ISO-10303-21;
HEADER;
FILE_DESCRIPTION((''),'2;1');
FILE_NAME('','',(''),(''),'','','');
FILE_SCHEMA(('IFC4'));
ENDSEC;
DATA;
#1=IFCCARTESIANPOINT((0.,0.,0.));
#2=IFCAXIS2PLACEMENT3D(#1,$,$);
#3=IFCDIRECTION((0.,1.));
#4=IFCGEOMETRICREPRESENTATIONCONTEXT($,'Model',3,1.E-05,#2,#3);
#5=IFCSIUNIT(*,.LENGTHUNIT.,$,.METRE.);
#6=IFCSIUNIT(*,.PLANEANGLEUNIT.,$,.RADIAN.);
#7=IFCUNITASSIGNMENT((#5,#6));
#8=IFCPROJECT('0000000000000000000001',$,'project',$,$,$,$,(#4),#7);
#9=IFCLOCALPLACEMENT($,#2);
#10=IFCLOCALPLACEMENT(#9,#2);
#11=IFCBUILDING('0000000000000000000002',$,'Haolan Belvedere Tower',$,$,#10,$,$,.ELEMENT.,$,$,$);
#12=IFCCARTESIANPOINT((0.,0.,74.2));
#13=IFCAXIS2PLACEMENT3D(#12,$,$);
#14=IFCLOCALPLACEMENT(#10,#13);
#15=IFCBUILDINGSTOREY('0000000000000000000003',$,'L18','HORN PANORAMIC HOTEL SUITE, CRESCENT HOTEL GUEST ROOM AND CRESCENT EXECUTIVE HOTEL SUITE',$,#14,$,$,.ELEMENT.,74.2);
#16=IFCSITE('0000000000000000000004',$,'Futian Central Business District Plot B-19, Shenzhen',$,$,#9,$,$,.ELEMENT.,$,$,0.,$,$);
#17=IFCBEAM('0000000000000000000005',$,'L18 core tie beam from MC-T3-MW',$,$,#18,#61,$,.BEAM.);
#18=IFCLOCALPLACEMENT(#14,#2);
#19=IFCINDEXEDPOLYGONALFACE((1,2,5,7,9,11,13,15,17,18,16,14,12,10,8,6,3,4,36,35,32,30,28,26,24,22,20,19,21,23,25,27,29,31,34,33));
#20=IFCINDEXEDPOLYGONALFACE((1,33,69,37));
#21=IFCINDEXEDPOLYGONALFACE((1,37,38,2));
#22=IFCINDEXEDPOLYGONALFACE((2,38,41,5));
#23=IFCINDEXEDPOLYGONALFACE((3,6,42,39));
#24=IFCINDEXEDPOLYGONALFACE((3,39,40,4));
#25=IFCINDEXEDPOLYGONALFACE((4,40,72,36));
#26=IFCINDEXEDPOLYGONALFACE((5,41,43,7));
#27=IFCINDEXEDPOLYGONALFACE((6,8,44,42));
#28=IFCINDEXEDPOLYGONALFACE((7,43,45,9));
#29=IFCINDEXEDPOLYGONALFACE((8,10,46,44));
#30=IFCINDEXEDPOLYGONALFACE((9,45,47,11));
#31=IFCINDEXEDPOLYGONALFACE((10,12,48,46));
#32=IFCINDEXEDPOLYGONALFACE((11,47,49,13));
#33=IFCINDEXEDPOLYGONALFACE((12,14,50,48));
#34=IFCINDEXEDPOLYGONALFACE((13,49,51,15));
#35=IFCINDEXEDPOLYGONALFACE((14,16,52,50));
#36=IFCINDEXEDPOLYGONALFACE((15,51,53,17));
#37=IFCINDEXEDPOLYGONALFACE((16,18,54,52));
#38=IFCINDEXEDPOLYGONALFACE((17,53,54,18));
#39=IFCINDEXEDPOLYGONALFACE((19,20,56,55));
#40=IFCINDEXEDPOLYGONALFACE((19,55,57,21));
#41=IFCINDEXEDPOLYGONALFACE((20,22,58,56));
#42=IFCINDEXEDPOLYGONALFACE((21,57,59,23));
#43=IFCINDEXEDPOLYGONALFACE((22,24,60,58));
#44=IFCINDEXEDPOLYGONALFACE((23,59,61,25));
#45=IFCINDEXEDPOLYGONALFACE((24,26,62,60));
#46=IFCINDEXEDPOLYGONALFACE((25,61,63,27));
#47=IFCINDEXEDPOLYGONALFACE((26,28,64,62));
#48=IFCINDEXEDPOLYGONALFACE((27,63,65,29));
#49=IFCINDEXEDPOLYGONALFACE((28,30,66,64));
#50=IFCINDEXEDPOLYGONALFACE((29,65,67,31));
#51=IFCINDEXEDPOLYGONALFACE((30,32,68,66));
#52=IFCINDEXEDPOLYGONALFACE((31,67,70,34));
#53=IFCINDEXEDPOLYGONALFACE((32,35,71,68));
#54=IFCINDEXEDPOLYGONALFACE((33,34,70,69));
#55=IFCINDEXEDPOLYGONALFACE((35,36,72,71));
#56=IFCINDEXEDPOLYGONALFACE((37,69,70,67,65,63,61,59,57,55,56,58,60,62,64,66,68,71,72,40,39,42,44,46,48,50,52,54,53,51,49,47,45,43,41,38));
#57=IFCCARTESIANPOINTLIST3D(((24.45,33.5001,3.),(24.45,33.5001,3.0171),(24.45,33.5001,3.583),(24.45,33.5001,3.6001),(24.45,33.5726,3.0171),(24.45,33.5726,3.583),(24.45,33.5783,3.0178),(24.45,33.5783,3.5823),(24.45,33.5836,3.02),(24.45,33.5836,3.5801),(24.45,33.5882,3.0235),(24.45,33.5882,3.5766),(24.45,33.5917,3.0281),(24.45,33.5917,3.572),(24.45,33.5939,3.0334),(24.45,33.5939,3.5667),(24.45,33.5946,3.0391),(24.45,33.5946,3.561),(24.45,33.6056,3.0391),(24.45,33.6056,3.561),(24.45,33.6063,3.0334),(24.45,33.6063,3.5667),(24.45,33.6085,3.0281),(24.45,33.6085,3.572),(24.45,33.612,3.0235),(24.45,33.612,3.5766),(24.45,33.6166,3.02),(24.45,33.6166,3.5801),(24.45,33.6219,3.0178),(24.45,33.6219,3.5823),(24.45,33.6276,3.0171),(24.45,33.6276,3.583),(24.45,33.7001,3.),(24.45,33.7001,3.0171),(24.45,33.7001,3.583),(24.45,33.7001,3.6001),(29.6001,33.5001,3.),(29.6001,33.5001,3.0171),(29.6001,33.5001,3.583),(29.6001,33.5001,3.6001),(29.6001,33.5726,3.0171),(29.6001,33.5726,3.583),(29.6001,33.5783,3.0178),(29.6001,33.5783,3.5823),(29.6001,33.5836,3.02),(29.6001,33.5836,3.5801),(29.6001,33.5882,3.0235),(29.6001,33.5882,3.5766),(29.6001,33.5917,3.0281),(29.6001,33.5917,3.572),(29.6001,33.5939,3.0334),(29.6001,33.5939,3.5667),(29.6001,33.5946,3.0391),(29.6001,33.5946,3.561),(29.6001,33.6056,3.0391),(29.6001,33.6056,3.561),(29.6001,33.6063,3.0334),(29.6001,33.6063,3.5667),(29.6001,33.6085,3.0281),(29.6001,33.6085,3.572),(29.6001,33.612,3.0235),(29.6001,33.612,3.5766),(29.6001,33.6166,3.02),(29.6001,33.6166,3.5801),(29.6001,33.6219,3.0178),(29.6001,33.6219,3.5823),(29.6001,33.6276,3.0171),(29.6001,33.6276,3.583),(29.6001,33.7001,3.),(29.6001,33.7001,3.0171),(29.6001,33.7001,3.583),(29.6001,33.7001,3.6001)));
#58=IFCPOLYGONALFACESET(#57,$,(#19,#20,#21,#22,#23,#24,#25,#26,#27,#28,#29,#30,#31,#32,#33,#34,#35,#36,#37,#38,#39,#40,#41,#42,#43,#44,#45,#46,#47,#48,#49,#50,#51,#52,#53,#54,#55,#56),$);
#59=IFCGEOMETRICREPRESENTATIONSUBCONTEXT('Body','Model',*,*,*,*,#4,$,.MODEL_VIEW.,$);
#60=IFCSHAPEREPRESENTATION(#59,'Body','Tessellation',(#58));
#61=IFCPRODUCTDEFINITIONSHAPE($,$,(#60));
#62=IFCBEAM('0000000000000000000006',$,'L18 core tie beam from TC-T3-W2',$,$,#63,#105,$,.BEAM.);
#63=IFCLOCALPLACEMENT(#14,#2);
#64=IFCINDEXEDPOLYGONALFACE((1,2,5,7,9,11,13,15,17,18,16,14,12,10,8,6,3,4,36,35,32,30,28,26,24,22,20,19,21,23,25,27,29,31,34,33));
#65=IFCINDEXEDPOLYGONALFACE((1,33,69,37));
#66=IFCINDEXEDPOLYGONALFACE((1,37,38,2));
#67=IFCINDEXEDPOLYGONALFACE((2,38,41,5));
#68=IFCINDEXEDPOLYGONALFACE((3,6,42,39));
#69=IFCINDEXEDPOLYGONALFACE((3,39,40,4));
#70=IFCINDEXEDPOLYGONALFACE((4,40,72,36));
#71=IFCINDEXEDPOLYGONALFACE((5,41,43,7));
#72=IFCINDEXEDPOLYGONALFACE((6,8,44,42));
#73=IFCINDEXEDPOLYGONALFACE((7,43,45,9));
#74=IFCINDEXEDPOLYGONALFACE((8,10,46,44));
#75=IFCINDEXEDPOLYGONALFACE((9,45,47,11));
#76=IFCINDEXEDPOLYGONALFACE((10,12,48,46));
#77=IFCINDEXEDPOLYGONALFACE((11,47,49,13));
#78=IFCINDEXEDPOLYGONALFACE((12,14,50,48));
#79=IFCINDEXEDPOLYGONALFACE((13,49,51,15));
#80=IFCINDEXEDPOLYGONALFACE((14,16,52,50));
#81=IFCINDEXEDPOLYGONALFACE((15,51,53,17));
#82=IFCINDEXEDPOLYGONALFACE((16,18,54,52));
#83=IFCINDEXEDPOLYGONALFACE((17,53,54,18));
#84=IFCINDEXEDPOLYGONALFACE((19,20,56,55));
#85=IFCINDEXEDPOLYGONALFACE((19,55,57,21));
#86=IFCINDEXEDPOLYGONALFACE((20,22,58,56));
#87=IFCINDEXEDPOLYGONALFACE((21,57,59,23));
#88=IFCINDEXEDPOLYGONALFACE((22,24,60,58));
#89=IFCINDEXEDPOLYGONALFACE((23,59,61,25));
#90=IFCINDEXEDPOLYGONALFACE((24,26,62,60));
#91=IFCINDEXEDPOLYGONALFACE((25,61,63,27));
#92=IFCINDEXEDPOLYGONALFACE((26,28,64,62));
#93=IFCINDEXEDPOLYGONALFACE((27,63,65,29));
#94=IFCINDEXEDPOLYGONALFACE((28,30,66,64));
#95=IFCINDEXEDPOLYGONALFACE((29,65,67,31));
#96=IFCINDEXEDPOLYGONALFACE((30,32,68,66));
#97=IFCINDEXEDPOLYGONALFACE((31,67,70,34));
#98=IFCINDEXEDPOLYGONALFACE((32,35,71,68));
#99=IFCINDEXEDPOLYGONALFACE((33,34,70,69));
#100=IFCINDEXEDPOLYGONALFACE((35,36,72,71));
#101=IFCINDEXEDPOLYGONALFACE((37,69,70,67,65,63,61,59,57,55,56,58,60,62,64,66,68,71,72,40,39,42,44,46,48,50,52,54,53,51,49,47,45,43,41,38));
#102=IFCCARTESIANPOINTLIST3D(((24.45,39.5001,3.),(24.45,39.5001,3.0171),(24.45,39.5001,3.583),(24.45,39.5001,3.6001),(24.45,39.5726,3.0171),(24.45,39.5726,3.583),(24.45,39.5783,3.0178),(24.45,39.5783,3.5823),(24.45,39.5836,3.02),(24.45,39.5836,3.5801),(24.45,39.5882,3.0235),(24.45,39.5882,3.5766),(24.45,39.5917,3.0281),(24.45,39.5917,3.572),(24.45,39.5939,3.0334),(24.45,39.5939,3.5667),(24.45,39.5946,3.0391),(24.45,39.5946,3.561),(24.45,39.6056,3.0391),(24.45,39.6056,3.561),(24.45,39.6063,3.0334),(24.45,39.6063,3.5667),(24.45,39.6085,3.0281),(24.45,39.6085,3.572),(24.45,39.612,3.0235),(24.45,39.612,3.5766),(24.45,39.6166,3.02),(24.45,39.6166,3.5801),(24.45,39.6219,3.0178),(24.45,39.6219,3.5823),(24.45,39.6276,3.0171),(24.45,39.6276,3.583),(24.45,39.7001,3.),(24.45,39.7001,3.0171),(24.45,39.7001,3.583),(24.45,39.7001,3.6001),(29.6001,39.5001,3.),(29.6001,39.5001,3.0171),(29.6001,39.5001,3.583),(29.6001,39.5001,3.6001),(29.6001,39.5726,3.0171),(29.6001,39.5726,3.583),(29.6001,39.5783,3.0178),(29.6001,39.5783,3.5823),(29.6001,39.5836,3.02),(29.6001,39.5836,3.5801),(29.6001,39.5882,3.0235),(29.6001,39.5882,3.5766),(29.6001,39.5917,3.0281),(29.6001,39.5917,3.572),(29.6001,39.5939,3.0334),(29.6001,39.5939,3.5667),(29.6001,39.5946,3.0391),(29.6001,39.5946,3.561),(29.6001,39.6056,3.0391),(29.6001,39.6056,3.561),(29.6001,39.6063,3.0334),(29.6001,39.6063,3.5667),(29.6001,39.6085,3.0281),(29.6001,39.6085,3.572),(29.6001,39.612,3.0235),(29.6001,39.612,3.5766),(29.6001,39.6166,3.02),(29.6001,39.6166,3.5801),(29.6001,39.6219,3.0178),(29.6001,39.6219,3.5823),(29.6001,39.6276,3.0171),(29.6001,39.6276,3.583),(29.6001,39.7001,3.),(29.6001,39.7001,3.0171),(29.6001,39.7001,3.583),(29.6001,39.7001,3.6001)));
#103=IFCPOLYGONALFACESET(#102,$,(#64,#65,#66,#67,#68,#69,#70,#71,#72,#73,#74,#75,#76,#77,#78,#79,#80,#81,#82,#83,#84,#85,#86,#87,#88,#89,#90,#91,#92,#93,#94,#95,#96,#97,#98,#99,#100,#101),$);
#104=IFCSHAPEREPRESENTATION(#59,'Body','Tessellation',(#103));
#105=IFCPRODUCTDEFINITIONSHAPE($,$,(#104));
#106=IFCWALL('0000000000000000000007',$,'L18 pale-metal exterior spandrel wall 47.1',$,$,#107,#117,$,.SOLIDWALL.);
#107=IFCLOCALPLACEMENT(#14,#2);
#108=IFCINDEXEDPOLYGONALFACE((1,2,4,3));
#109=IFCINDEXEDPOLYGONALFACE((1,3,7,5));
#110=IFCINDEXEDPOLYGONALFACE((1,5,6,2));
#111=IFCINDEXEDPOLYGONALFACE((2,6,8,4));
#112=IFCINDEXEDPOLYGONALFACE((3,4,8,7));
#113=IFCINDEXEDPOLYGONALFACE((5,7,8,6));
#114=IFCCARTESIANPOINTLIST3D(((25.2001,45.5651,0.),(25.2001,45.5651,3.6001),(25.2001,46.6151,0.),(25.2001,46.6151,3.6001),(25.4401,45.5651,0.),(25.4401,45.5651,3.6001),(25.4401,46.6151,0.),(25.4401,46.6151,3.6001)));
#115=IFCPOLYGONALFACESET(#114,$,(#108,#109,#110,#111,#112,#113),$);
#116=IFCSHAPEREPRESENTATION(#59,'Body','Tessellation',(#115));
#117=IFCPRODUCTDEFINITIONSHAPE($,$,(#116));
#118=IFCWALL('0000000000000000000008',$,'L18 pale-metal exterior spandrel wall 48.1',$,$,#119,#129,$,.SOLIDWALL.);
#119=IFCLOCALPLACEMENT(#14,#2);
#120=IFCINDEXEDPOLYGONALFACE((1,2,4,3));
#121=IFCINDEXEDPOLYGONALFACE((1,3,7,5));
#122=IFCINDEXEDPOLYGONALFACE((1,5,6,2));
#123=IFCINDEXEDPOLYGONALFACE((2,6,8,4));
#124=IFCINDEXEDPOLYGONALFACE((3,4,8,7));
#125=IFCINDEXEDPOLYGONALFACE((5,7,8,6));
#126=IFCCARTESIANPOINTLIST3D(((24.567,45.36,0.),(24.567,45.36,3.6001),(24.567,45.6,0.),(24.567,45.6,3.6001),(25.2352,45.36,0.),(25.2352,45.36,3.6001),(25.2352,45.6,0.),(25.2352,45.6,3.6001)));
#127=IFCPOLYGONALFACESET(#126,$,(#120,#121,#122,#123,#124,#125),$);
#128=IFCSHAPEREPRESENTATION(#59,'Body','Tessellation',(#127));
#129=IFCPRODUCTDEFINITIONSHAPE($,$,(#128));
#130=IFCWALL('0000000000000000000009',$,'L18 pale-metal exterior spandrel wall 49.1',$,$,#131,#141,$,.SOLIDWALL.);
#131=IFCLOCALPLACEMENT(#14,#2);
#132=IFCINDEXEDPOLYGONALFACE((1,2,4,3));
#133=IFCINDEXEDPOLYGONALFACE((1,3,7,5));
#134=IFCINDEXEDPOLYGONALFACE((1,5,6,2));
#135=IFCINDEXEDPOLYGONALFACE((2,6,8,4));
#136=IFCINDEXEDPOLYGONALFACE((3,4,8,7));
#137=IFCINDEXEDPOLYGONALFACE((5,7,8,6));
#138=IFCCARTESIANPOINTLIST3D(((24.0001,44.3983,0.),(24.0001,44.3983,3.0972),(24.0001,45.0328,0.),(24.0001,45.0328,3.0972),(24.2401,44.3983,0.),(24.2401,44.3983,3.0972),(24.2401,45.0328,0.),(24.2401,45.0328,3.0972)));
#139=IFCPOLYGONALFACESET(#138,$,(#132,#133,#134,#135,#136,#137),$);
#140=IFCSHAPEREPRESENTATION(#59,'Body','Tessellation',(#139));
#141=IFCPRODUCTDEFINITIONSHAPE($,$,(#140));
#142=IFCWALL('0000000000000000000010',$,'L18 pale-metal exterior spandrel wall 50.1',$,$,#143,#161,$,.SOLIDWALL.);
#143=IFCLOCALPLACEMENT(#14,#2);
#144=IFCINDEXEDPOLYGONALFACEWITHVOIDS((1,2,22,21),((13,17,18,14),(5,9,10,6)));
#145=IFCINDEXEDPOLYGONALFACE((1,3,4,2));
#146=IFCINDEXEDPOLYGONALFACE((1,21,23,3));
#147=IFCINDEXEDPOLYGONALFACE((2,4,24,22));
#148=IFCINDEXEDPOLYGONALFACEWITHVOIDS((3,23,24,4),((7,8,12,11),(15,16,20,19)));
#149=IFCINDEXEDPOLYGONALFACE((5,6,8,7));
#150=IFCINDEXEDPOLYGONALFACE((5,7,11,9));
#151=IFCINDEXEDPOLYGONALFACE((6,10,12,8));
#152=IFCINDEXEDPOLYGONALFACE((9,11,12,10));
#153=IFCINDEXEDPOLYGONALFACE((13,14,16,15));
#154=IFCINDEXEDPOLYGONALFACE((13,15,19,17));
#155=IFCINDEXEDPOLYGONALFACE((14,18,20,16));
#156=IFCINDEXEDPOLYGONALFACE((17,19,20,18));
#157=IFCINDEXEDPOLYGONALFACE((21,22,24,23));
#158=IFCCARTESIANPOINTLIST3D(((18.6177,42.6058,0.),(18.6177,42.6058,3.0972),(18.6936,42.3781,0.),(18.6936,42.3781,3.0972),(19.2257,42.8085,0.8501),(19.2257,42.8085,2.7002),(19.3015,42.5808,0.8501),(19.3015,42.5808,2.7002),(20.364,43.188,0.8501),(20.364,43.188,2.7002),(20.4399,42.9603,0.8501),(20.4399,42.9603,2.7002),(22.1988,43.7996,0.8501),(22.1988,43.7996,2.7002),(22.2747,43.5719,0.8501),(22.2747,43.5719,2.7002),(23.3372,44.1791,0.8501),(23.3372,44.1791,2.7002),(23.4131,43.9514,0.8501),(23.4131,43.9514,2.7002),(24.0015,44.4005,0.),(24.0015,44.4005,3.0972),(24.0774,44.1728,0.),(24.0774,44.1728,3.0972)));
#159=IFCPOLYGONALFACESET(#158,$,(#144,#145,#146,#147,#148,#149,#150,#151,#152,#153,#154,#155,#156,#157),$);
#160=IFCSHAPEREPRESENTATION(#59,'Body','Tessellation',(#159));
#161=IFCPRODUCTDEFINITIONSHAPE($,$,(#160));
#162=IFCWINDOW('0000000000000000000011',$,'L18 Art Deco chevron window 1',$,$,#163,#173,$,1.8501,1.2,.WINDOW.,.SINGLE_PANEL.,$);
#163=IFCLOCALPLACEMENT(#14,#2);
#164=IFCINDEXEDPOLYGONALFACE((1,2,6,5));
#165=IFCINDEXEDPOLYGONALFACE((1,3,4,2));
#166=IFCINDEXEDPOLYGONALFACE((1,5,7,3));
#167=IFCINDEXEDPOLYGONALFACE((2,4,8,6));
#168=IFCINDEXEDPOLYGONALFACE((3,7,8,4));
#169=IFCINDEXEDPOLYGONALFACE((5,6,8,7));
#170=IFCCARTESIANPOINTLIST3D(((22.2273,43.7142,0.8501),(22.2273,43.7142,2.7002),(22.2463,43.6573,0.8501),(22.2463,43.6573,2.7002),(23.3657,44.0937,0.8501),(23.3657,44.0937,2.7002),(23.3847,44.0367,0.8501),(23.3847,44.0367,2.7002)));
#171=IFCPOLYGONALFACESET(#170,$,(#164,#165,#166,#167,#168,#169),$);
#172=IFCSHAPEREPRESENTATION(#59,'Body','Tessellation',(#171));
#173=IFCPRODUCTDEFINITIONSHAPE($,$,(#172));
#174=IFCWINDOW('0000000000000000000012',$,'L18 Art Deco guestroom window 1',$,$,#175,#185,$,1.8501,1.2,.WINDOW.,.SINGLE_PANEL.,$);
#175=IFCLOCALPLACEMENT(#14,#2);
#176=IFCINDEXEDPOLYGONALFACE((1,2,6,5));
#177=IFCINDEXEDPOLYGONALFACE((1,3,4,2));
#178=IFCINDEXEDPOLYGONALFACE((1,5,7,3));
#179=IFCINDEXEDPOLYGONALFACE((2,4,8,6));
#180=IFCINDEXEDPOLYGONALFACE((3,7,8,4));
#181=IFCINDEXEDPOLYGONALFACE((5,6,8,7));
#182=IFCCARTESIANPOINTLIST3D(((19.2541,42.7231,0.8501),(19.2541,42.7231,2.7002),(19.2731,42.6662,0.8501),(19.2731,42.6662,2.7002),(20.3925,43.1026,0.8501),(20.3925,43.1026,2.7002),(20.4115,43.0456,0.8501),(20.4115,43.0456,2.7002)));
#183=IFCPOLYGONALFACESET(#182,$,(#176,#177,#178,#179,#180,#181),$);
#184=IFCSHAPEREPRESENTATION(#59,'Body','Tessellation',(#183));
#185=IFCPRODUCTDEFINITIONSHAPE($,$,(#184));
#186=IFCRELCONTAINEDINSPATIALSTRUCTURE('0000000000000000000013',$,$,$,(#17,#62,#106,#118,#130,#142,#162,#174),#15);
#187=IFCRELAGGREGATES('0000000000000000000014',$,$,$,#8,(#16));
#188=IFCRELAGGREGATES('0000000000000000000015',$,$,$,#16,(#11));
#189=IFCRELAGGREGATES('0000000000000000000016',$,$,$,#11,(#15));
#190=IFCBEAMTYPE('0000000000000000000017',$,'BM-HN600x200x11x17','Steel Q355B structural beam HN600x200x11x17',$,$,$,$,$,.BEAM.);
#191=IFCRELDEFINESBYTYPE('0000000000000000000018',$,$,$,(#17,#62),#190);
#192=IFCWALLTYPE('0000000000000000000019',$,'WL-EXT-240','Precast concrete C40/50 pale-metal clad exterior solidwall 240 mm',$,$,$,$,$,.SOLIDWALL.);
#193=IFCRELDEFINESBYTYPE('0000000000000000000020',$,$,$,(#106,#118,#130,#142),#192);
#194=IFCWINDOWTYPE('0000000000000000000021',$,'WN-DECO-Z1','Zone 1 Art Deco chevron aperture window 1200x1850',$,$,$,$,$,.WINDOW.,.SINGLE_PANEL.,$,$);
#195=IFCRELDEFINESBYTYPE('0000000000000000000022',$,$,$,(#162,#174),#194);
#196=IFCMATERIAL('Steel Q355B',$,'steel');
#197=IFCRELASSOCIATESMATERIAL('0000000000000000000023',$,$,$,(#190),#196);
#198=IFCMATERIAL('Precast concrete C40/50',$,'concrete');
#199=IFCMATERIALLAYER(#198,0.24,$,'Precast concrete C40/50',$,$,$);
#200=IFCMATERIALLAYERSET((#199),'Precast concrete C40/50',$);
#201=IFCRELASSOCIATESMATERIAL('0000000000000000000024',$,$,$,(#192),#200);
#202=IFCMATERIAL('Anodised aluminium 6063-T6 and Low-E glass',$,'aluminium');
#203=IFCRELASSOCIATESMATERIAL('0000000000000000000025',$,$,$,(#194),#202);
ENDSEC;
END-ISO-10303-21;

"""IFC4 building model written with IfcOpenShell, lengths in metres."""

from ifc_helpers import new_model, si_unit, direction, frame, frame_2d, origin, origin_2d, place, context, subcontext, project, spatial, rectangle, i_section, extrude, material, layer, layer_set, material_profile, profile_set, type_object, element, fill, save


model = new_model("IFC4")

# Units and contexts
model_context = context("Model", 3, precision=1e-05, world=origin(), true_north=direction((0.0, 1.0)))
body_context = subcontext(model_context, "Body", "Model", "MODEL_VIEW")
ifc_project = project(units=[si_unit("LENGTHUNIT", "METRE"), si_unit("PLANEANGLEUNIT", "RADIAN")], contexts=[model_context])

# Site, building, storey
site_placement = place(None, origin())
site = spatial("IfcSite", under=ifc_project, at=site_placement, Name="Futian Central Business District Plot B-19, Shenzhen", CompositionType="ELEMENT", RefElevation=0.0)
building_placement = place(site_placement, origin())
building = spatial("IfcBuilding", under=site, at=building_placement, Name="Haolan Belvedere Tower", CompositionType="ELEMENT")
storey_placement = place(building_placement, frame((0.0, 0.0, 74.2)))
storey = spatial("IfcBuildingStorey", under=building, at=storey_placement, Name="L18", Description="HORN PANORAMIC HOTEL SUITE, CRESCENT HOTEL GUEST ROOM AND CRESCENT EXECUTIVE HOTEL SUITE", CompositionType="ELEMENT", Elevation=74.2)

# Shared definitions
ifc_material_1 = material(Name="Steel Q355B", Category="steel")

# Beams
ifc_material_profile_1 = material_profile(ifc_material_1, i_section(OverallWidth=0.2, OverallDepth=0.6001, WebThickness=0.011, FlangeThickness=0.0171, FilletRadius=0.022, at=origin_2d()), Name="Steel Q355B")
ifc_profile_set_1 = profile_set([ifc_material_profile_1], Name="Steel Q355B")
beam_type_1 = type_object("IfcBeamType", Name="BM-HN600x200x11x17", Description="Steel Q355B structural beam HN600x200x11x17", PredefinedType="BEAM", material=ifc_profile_set_1)
for number, where, z_axis, x_axis, name in (
    (1, (24.45, 33.6001, 3.3), (1.0, 0.0, 0.0), (0.0, 1.0, 0.0), "L18 core tie beam from MC-T3-MW"),
    (2, (24.45, 39.6001, 3.3), (1.0, 0.0, 0.0), (0.0, 1.0, 0.0), "L18 core tie beam from TC-T3-W2"),
):
    element("IfcBeam", number, at=place(storey_placement, frame(where, z_axis=z_axis, x_axis=x_axis)), inside=storey, type_object=beam_type_1, Name=name, PredefinedType="BEAM", context=body_context, shape_type="SweptSolid", body=[
        extrude(i_section(OverallWidth=0.2, OverallDepth=0.6001, WebThickness=0.011, FlangeThickness=0.0171, FilletRadius=0.022, at=origin_2d()), origin(), (0.0, 0.0, 1.0), 5.1501),
    ])

# Walls
ifc_material_2 = material(Name="Precast concrete C40/50", Category="concrete")
ifc_layer_1 = layer(ifc_material_2, 0.24, Name="Precast concrete C40/50")
ifc_layer_set_1 = layer_set([ifc_layer_1], Name="Precast concrete C40/50")
wall_type_1 = type_object("IfcWallType", Name="WL-EXT-240", Description="Precast concrete C40/50 pale-metal clad exterior solidwall 240 mm", PredefinedType="SOLIDWALL", material=ifc_layer_set_1)
wall_1_placement = place(storey_placement, frame((25.3201, 46.615, 0.0), z_axis=(0.0, 0.0, 1.0), x_axis=(0.0, -1.0, 0.0)))
element("IfcWall", 3, at=wall_1_placement, inside=storey, type_object=wall_type_1, Name="L18 pale-metal exterior spandrel wall 47.1", PredefinedType="SOLIDWALL", context=body_context, shape_type="SweptSolid", body=[
    extrude(rectangle(XDim=1.05, YDim=0.24, at=frame_2d((0.5249, 0.0))), origin(), (0.0, 0.0, 1.0), 3.6001),
])
wall_2_placement = place(storey_placement, frame((25.2351, 45.48, 0.0), z_axis=(0.0, 0.0, 1.0), x_axis=(-1.0, 0.0, 0.0)))
element("IfcWall", 4, at=wall_2_placement, inside=storey, type_object=wall_type_1, Name="L18 pale-metal exterior spandrel wall 48.1", PredefinedType="SOLIDWALL", context=body_context, shape_type="SweptSolid", body=[
    extrude(rectangle(XDim=0.6682, YDim=0.24, at=frame_2d((0.334, 0.0))), origin(), (0.0, 0.0, 1.0), 3.6001),
])
wall_3_placement = place(storey_placement, frame((24.1201, 45.033, 0.0), z_axis=(0.0, 0.0, 1.0), x_axis=(0.0, -1.0, 0.0)))
element("IfcWall", 5, at=wall_3_placement, inside=storey, type_object=wall_type_1, Name="L18 pale-metal exterior spandrel wall 49.1", PredefinedType="SOLIDWALL", context=body_context, shape_type="SweptSolid", body=[
    extrude(rectangle(XDim=0.6345, YDim=0.24, at=frame_2d((0.3174, 0.0))), origin(), (0.0, 0.0, 1.0), 3.0972),
])

# Wall, openings, windows
wall_4_placement = place(storey_placement, frame((24.0393, 44.2866, 0.0), z_axis=(0.0, 0.0, 1.0), x_axis=(-0.948679, -0.316241, 0.0)))
wall_4 = element("IfcWall", 6, at=wall_4_placement, inside=storey, type_object=wall_type_1, Name="L18 pale-metal exterior spandrel wall 50.1", PredefinedType="SOLIDWALL", context=body_context, shape_type="SweptSolid", body=[
    extrude(rectangle(XDim=5.675, YDim=0.24, at=frame_2d((2.8374, 0.0))), origin(), (0.0, 0.0, 1.0), 3.0972),
])
opening_1_placement = place(wall_4_placement, frame((0.7, 0.0, 0.8501)))
opening_1 = element("IfcOpeningElement", 7, at=opening_1_placement, cuts=wall_4, PredefinedType="OPENING", context=body_context, shape_type="SweptSolid", body=[
    extrude(rectangle(XDim=1.2, YDim=1.8501, at=frame_2d((0.6001, 0.925))), frame((0.0, 0.1299, 0.0), z_axis=(0.0, -1.0, 0.0), x_axis=(1.0, 0.0, 0.0)), (0.0, 0.0, 1.0), 0.26),
])
opening_2_placement = place(wall_4_placement, frame((3.834, 0.0, 0.8501)))
opening_2 = element("IfcOpeningElement", 8, at=opening_2_placement, cuts=wall_4, PredefinedType="OPENING", context=body_context, shape_type="SweptSolid", body=[
    extrude(rectangle(XDim=1.2, YDim=1.8501, at=frame_2d((0.6001, 0.925))), frame((0.0, 0.1299, 0.0), z_axis=(0.0, -1.0, 0.0), x_axis=(1.0, 0.0, 0.0)), (0.0, 0.0, 1.0), 0.26),
])
ifc_material_3 = material(Name="Anodised aluminium 6063-T6 and Low-E glass", Category="aluminium")
window_type = type_object("IfcWindowType", Name="WN-DECO-Z1", Description="Zone 1 Art Deco chevron aperture window 1200x1850", PartitioningType="SINGLE_PANEL", PredefinedType="WINDOW", material=ifc_material_3)
window_1_placement = place(opening_1_placement, origin())
window_1 = element("IfcWindow", 9, at=window_1_placement, inside=storey, type_object=window_type, Name="L18 Art Deco chevron window 1", OverallHeight=1.8501, OverallWidth=1.2, PartitioningType="SINGLE_PANEL", PredefinedType="WINDOW", context=body_context, shape_type="SweptSolid", body=[
    extrude(rectangle(XDim=1.2, YDim=1.8501, at=frame_2d((0.6001, 0.925))), frame((0.0, 0.03, 0.0), z_axis=(0.0, -1.0, 0.0), x_axis=(1.0, 0.0, 0.0)), (0.0, 0.0, 1.0), 0.0601),
])
fill(opening_1, window_1)
window_2_placement = place(opening_2_placement, origin())
window_2 = element("IfcWindow", 10, at=window_2_placement, inside=storey, type_object=window_type, Name="L18 Art Deco guestroom window 1", OverallHeight=1.8501, OverallWidth=1.2, PartitioningType="SINGLE_PANEL", PredefinedType="WINDOW", context=body_context, shape_type="SweptSolid", body=[
    extrude(rectangle(XDim=1.2, YDim=1.8501, at=frame_2d((0.6001, 0.925))), frame((0.0, 0.03, 0.0), z_axis=(0.0, -1.0, 0.0), x_axis=(1.0, 0.0, 0.0)), (0.0, 0.0, 1.0), 0.0601),
])
fill(opening_2, window_2)

save(model, "model.ifc")
